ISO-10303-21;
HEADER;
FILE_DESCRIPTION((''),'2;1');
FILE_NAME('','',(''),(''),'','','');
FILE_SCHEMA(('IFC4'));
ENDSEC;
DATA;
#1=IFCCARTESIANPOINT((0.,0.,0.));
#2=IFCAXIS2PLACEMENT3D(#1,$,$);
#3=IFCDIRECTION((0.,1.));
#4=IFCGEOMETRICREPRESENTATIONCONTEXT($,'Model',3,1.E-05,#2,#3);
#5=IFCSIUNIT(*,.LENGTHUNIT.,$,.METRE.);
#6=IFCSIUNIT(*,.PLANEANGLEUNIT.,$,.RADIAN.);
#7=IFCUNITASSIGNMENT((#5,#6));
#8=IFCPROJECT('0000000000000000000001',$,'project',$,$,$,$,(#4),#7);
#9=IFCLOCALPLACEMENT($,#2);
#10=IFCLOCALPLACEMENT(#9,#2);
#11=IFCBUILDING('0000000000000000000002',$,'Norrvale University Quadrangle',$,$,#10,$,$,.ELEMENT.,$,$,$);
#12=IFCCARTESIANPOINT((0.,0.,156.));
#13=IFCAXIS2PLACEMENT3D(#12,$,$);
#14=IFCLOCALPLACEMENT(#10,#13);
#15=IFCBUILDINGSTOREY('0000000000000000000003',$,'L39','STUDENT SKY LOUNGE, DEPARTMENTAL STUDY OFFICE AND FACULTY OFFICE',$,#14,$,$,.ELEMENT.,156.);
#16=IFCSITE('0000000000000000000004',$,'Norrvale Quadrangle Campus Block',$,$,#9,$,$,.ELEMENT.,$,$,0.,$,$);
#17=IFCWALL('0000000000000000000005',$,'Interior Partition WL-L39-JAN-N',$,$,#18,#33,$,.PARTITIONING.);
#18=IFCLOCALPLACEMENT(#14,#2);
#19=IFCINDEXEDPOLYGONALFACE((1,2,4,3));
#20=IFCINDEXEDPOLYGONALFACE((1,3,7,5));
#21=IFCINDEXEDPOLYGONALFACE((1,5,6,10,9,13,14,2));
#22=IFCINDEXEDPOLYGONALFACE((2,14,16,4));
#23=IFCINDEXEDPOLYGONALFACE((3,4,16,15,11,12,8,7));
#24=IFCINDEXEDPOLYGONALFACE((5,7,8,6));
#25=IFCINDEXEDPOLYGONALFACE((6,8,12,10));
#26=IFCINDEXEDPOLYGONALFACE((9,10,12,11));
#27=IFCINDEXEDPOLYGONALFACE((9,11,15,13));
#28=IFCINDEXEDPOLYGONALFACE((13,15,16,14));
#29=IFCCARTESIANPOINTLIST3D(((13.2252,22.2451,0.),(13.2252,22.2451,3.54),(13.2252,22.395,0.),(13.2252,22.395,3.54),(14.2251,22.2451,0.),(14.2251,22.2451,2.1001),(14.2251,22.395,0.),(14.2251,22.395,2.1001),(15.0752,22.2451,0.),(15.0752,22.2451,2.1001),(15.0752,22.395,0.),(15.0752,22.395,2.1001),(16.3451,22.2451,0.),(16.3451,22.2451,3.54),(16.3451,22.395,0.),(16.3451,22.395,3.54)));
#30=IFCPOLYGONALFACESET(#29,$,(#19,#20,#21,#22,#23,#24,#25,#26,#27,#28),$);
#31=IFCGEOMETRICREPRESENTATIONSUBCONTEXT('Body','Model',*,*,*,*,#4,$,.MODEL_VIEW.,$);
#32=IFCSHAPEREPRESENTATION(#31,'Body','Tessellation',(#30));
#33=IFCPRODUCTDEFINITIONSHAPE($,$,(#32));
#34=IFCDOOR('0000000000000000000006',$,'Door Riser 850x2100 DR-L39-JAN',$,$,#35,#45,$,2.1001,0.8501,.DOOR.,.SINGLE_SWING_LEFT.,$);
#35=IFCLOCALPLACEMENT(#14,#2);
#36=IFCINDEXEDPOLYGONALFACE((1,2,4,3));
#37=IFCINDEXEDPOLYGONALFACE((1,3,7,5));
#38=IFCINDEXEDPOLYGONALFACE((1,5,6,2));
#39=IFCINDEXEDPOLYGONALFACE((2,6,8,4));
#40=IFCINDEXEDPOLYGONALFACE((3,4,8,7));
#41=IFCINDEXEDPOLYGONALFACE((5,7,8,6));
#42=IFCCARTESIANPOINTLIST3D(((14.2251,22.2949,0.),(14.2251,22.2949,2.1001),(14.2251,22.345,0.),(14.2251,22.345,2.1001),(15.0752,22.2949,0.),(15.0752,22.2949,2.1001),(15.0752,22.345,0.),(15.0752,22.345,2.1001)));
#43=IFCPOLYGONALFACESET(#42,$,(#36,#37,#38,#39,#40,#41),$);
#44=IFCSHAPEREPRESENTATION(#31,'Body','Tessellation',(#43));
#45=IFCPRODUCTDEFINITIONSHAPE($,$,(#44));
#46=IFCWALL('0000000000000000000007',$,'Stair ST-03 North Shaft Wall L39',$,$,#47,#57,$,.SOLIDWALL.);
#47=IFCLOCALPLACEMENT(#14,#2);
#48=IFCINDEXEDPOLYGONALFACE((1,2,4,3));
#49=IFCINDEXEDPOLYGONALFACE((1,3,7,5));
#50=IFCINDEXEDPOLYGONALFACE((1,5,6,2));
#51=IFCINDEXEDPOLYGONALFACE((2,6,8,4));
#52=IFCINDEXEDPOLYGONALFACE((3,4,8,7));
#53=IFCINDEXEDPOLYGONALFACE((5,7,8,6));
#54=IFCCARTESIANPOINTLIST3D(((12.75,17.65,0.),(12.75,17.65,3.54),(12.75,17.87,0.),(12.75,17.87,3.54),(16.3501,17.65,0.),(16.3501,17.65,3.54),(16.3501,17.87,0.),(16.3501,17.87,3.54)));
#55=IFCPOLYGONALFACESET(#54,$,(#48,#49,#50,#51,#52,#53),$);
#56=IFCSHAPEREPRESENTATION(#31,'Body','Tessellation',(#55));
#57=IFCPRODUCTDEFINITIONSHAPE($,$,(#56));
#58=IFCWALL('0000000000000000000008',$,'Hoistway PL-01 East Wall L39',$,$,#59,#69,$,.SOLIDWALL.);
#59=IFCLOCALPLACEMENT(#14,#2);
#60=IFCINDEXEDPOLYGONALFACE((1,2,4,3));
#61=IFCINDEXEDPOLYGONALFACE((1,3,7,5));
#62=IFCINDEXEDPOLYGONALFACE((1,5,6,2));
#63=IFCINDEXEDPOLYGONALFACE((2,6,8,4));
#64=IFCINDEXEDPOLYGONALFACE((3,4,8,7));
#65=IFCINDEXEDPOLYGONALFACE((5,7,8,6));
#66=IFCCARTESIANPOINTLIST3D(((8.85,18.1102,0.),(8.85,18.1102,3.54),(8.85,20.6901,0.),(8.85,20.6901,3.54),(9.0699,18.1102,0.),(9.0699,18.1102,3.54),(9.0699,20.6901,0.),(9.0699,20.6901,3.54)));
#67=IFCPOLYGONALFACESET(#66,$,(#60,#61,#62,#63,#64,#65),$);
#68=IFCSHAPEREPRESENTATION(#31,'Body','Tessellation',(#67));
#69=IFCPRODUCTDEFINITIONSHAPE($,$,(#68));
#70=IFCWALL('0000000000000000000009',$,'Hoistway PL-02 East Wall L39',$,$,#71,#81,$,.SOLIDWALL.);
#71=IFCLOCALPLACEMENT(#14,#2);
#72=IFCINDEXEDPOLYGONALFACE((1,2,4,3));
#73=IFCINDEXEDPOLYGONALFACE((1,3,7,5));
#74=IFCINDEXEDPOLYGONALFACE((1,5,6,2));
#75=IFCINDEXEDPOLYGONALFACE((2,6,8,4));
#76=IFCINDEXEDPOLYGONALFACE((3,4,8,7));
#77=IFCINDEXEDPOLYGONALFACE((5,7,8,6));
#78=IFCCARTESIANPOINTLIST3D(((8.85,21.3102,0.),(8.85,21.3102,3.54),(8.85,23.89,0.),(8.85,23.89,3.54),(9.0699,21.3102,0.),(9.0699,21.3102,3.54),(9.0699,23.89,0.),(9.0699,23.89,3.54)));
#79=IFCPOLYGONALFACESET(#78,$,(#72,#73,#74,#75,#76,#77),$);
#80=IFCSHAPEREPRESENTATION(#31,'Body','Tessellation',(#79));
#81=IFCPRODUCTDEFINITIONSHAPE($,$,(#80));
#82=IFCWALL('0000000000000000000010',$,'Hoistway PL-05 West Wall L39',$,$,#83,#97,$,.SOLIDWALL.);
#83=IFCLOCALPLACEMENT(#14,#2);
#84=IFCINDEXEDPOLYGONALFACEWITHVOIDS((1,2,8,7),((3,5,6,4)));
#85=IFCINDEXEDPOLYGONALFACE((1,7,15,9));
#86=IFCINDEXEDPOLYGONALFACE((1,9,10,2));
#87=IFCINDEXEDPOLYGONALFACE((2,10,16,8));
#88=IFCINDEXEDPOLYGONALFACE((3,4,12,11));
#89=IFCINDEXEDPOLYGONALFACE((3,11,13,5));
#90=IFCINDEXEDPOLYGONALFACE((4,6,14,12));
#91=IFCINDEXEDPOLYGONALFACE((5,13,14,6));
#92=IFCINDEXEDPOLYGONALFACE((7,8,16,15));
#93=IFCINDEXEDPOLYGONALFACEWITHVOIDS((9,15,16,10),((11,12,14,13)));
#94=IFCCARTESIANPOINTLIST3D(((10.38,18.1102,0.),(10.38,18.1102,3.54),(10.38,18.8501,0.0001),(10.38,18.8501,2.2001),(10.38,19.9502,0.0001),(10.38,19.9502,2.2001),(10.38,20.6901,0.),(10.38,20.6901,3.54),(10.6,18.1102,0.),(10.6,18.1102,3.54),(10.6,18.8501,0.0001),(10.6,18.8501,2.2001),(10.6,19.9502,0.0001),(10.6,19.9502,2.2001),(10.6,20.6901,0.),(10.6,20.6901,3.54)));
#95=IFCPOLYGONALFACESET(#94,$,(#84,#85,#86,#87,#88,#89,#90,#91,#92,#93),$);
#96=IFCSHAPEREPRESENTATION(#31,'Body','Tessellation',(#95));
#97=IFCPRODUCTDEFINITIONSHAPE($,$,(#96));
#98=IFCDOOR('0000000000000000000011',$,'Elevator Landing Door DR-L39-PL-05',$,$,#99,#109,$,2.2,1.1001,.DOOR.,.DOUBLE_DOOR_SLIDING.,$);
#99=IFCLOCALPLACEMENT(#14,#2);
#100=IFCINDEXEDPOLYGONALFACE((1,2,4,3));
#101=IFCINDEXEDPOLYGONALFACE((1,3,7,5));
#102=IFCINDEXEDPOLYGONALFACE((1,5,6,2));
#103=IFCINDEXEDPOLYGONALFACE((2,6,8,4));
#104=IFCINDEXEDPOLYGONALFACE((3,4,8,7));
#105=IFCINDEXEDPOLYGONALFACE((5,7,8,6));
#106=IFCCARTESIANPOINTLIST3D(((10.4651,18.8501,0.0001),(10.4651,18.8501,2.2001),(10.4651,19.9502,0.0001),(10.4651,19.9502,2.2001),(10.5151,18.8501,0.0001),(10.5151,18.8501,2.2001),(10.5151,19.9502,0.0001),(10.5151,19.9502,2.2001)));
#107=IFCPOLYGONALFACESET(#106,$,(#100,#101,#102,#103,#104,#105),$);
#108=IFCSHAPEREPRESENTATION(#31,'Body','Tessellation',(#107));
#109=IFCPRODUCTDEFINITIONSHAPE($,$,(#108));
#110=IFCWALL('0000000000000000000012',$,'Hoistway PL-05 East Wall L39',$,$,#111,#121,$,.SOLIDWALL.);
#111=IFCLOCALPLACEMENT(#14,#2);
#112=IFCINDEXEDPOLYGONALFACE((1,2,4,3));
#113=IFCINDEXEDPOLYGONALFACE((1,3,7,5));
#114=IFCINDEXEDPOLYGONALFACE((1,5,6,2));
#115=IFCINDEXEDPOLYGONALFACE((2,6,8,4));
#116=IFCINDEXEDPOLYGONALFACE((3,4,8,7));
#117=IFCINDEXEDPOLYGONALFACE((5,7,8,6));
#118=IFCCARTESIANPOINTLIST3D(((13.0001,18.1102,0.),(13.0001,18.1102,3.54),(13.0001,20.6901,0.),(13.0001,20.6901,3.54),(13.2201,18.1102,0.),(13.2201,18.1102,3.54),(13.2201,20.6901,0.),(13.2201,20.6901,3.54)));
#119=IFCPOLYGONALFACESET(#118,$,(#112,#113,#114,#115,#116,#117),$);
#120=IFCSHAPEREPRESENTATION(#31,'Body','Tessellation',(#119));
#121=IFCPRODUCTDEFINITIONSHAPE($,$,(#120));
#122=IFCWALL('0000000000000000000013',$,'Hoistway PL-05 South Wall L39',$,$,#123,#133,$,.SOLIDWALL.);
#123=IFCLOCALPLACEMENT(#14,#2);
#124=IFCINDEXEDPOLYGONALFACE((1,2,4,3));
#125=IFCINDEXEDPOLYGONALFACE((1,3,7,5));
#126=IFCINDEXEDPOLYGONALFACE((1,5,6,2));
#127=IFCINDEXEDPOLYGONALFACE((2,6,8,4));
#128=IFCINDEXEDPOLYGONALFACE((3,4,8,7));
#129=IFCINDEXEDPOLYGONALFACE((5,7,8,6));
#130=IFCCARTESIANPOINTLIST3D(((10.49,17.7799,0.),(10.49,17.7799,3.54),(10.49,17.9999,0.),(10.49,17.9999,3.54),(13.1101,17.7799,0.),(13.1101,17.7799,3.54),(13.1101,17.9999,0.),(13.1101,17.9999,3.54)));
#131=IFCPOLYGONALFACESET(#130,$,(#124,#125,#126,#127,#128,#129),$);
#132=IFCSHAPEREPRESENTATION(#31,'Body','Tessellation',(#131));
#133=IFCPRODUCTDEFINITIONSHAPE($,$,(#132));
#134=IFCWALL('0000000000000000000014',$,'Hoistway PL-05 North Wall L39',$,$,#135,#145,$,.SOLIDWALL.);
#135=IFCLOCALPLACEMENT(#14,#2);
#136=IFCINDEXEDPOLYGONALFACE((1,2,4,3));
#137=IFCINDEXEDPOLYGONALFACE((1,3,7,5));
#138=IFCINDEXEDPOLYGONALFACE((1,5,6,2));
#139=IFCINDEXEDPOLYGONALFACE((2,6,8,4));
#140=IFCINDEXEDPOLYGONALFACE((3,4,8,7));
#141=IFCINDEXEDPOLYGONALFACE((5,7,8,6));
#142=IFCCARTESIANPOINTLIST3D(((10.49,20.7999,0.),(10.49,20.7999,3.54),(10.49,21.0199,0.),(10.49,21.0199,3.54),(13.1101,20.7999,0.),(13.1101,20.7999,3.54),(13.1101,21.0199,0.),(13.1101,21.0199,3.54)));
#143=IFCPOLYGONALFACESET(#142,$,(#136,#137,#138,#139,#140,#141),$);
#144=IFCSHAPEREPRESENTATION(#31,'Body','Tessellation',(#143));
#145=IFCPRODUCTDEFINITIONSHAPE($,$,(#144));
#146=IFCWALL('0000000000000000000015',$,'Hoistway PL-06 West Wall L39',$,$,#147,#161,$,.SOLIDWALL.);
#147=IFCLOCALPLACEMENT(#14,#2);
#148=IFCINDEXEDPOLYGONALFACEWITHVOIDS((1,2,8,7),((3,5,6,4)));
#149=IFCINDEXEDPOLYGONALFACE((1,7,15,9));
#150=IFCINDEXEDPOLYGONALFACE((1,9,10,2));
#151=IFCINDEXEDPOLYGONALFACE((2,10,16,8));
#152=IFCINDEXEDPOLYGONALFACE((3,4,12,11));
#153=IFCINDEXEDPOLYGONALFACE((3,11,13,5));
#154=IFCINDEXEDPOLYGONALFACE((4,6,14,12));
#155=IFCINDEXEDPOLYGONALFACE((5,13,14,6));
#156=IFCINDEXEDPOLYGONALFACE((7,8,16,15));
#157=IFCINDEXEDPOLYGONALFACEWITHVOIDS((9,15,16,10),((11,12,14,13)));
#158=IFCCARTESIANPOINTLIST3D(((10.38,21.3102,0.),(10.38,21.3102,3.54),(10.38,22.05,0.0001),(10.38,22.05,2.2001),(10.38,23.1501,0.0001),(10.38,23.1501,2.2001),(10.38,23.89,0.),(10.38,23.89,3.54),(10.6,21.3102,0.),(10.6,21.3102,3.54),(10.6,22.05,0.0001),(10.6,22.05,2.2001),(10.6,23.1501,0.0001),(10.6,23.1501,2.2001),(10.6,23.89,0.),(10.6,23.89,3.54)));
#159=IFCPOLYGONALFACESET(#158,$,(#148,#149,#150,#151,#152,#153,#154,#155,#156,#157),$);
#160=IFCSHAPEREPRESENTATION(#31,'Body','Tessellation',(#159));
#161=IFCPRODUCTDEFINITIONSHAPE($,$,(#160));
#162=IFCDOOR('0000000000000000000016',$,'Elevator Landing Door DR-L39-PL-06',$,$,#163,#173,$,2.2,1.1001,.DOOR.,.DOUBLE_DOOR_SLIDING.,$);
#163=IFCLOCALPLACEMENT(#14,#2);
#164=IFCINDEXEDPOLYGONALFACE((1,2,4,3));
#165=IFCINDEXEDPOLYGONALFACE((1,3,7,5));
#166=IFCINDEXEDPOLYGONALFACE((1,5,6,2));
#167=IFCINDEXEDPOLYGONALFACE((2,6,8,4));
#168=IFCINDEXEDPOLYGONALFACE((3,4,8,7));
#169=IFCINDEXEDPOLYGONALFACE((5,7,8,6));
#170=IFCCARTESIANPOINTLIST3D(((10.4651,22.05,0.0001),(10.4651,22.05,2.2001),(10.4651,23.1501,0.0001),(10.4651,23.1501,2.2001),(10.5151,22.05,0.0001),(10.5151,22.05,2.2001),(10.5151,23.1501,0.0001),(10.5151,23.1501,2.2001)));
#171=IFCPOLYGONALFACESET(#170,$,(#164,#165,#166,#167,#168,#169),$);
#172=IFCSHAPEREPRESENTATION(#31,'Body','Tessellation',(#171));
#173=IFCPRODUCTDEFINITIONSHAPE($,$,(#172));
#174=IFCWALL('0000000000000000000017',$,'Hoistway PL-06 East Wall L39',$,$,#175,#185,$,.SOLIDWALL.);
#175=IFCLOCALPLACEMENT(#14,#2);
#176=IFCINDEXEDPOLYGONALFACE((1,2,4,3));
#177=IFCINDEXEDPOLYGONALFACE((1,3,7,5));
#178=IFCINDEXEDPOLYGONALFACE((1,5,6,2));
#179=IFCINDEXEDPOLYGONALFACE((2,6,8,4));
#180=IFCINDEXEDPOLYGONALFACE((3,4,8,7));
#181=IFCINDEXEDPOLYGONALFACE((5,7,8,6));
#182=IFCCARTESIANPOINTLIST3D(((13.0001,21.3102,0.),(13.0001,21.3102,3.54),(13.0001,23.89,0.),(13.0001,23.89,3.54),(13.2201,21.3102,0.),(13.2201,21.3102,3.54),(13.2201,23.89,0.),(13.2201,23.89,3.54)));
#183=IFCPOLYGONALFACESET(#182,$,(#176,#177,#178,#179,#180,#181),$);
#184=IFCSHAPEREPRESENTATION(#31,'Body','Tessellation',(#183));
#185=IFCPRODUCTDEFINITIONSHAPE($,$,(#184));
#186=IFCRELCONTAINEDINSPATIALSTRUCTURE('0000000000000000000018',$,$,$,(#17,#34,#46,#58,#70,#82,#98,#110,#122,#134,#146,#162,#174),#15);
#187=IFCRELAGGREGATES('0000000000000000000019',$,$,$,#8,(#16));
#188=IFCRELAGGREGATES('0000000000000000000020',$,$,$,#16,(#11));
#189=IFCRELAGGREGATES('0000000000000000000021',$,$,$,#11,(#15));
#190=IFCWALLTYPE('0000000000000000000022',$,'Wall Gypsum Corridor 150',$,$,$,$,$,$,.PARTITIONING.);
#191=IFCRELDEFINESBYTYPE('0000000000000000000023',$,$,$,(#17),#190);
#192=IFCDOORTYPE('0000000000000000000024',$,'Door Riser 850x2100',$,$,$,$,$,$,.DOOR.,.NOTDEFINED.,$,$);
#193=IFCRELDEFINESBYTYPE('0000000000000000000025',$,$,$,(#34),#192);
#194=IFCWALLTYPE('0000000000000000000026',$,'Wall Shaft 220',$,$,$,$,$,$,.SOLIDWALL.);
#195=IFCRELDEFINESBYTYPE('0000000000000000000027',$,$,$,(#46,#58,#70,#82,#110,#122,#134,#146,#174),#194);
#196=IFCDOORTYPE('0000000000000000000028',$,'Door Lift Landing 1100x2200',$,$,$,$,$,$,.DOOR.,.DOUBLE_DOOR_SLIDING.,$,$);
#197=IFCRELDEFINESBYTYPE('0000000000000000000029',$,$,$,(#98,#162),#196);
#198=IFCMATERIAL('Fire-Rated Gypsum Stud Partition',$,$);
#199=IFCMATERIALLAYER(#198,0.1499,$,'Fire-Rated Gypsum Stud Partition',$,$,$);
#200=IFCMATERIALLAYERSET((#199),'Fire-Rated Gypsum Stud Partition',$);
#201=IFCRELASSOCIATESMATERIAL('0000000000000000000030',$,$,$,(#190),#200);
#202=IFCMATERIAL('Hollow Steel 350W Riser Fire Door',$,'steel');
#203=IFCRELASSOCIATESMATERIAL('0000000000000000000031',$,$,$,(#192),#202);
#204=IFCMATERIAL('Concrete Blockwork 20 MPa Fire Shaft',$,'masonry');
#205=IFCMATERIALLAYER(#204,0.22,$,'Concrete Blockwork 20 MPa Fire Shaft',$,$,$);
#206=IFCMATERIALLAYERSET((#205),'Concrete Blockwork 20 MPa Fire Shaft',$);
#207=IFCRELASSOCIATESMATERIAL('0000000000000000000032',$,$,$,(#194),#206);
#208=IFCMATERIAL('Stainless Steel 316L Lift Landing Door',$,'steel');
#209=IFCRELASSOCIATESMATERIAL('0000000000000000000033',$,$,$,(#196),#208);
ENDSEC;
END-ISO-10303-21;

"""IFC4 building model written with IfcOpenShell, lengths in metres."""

from ifc_helpers import new_model, si_unit, direction, frame, frame_2d, origin, place, context, subcontext, project, spatial, rectangle, extrude, material, layer, layer_set, type_object, element, fill, save


model = new_model("IFC4")

# Units and contexts
model_context = context("Model", 3, precision=1e-05, world=origin(), true_north=direction((0.0, 1.0)))
body_context = subcontext(model_context, "Body", "Model", "MODEL_VIEW")
ifc_project = project(units=[si_unit("LENGTHUNIT", "METRE"), si_unit("PLANEANGLEUNIT", "RADIAN")], contexts=[model_context])

# Site, building, storey
site_placement = place(None, origin())
site = spatial("IfcSite", under=ifc_project, at=site_placement, Name="Norrvale Quadrangle Campus Block", CompositionType="ELEMENT", RefElevation=0.0)
building_placement = place(site_placement, origin())
building = spatial("IfcBuilding", under=site, at=building_placement, Name="Norrvale University Quadrangle", CompositionType="ELEMENT")
storey_placement = place(building_placement, frame((0.0, 0.0, 156.0)))
storey = spatial("IfcBuildingStorey", under=building, at=storey_placement, Name="L39", Description="STUDENT SKY LOUNGE, DEPARTMENTAL STUDY OFFICE AND FACULTY OFFICE", CompositionType="ELEMENT", Elevation=156.0)

# Shared definitions
ifc_material_1 = material(Name="Fire-Rated Gypsum Stud Partition")
ifc_layer_1 = layer(ifc_material_1, 0.1499, Name="Fire-Rated Gypsum Stud Partition")
ifc_layer_set_1 = layer_set([ifc_layer_1], Name="Fire-Rated Gypsum Stud Partition")
wall_type_1 = type_object("IfcWallType", Name="Wall Gypsum Corridor 150", PredefinedType="PARTITIONING", material=ifc_layer_set_1)
ifc_material_2 = material(Name="Hollow Steel 350W Riser Fire Door", Category="steel")
door_type_1 = type_object("IfcDoorType", Name="Door Riser 850x2100", OperationType="NOTDEFINED", PredefinedType="DOOR", material=ifc_material_2)

# Wall, opening, door
wall_1_placement = place(storey_placement, frame((13.2251, 22.3201, 0.0), z_axis=(0.0, 0.0, 1.0), x_axis=(1.0, 0.0, 0.0)))
wall_1 = element("IfcWall", 1, at=wall_1_placement, inside=storey, type_object=wall_type_1, Name="Interior Partition WL-L39-JAN-N", PredefinedType="PARTITIONING", context=body_context, shape_type="SweptSolid", body=[
    extrude(rectangle(XDim=3.1199, YDim=0.1499, at=frame_2d((1.5601, 0.0))), origin(), (0.0, 0.0, 1.0), 3.54),
])
opening_1_placement = place(wall_1_placement, frame((1.0, 0.0, 0.0)))
opening_1 = element("IfcOpeningElement", 2, at=opening_1_placement, cuts=wall_1, PredefinedType="OPENING", context=body_context, shape_type="SweptSolid", body=[
    extrude(rectangle(XDim=0.8501, YDim=2.1001, at=frame_2d((0.425, 1.05))), frame((0.0, 0.0869, 0.0), z_axis=(0.0, -1.0, 0.0), x_axis=(1.0, 0.0, 0.0)), (0.0, 0.0, 1.0), 0.1738),
])
door_1_placement = place(opening_1_placement, origin())
door_1 = element("IfcDoor", 3, at=door_1_placement, inside=storey, type_object=door_type_1, Name="Door Riser 850x2100 DR-L39-JAN", OperationType="SINGLE_SWING_LEFT", OverallHeight=2.1001, OverallWidth=0.8501, PredefinedType="DOOR", context=body_context, shape_type="SweptSolid", body=[
    extrude(rectangle(XDim=0.8501, YDim=2.1001, at=frame_2d((0.425, 1.05))), frame((0.0, 0.0249, 0.0), z_axis=(0.0, -1.0, 0.0), x_axis=(1.0, 0.0, 0.0)), (0.0, 0.0, 1.0), 0.05),
])
fill(opening_1, door_1)

# Walls
ifc_material_3 = material(Name="Concrete Blockwork 20 MPa Fire Shaft", Category="masonry")
ifc_layer_2 = layer(ifc_material_3, 0.22, Name="Concrete Blockwork 20 MPa Fire Shaft")
ifc_layer_set_2 = layer_set([ifc_layer_2], Name="Concrete Blockwork 20 MPa Fire Shaft")
wall_type_2 = type_object("IfcWallType", Name="Wall Shaft 220", PredefinedType="SOLIDWALL", material=ifc_layer_set_2)
wall_2_placement = place(storey_placement, frame((12.75, 17.76, 0.0), z_axis=(0.0, 0.0, 1.0), x_axis=(1.0, 0.0, 0.0)))
element("IfcWall", 4, at=wall_2_placement, inside=storey, type_object=wall_type_2, Name="Stair ST-03 North Shaft Wall L39", PredefinedType="SOLIDWALL", context=body_context, shape_type="SweptSolid", body=[
    extrude(rectangle(XDim=3.6001, YDim=0.22, at=frame_2d((1.8, 0.0))), origin(), (0.0, 0.0, 1.0), 3.54),
])
for number, where, z_axis, x_axis, name in (
    (5, (8.96, 18.1101, 0.0), (0.0, 0.0, 1.0), (0.0, 1.0, 0.0), "Hoistway PL-01 East Wall L39"),
    (6, (8.96, 21.3101, 0.0), (0.0, 0.0, 1.0), (0.0, 1.0, 0.0), "Hoistway PL-02 East Wall L39"),
):
    element("IfcWall", number, at=place(storey_placement, frame(where, z_axis=z_axis, x_axis=x_axis)), inside=storey, type_object=wall_type_2, Name=name, PredefinedType="SOLIDWALL", context=body_context, shape_type="SweptSolid", body=[
        extrude(rectangle(XDim=2.5798, YDim=0.22, at=frame_2d((1.29, 0.0))), origin(), (0.0, 0.0, 1.0), 3.54),
    ])

# Wall, opening, door
wall_3_placement = place(storey_placement, frame((10.49, 18.1101, 0.0), z_axis=(0.0, 0.0, 1.0), x_axis=(0.0, 1.0, 0.0)))
wall_3 = element("IfcWall", 7, at=wall_3_placement, inside=storey, type_object=wall_type_2, Name="Hoistway PL-05 West Wall L39", PredefinedType="SOLIDWALL", context=body_context, shape_type="SweptSolid", body=[
    extrude(rectangle(XDim=2.5798, YDim=0.22, at=frame_2d((1.29, 0.0))), origin(), (0.0, 0.0, 1.0), 3.54),
])
opening_2_placement = place(wall_3_placement, frame((0.74, 0.0, 0.0)))
opening_2 = element("IfcOpeningElement", 8, at=opening_2_placement, cuts=wall_3, PredefinedType="OPENING", context=body_context, shape_type="SweptSolid", body=[
    extrude(rectangle(XDim=1.1001, YDim=2.2, at=frame_2d((0.55, 1.1001))), frame((0.0, 0.1221, 0.0), z_axis=(0.0, -1.0, 0.0), x_axis=(1.0, 0.0, 0.0)), (0.0, 0.0, 1.0), 0.2439),
])
ifc_material_4 = material(Name="Stainless Steel 316L Lift Landing Door", Category="steel")
door_type_2 = type_object("IfcDoorType", Name="Door Lift Landing 1100x2200", OperationType="DOUBLE_DOOR_SLIDING", PredefinedType="DOOR", material=ifc_material_4)
door_2_placement = place(opening_2_placement, origin())
door_2 = element("IfcDoor", 9, at=door_2_placement, inside=storey, type_object=door_type_2, Name="Elevator Landing Door DR-L39-PL-05", OperationType="DOUBLE_DOOR_SLIDING", OverallHeight=2.2, OverallWidth=1.1001, PredefinedType="DOOR", context=body_context, shape_type="SweptSolid", body=[
    extrude(rectangle(XDim=1.1001, YDim=2.2, at=frame_2d((0.55, 1.1001))), frame((0.0, 0.0249, 0.0), z_axis=(0.0, -1.0, 0.0), x_axis=(1.0, 0.0, 0.0)), (0.0, 0.0, 1.0), 0.05),
])
fill(opening_2, door_2)

# Walls
wall_4_placement = place(storey_placement, frame((13.1101, 18.1101, 0.0), z_axis=(0.0, 0.0, 1.0), x_axis=(0.0, 1.0, 0.0)))
element("IfcWall", 10, at=wall_4_placement, inside=storey, type_object=wall_type_2, Name="Hoistway PL-05 East Wall L39", PredefinedType="SOLIDWALL", context=body_context, shape_type="SweptSolid", body=[
    extrude(rectangle(XDim=2.5798, YDim=0.22, at=frame_2d((1.29, 0.0))), origin(), (0.0, 0.0, 1.0), 3.54),
])
for number, where, z_axis, x_axis, name in (
    (11, (10.49, 17.8899, 0.0), (0.0, 0.0, 1.0), (1.0, 0.0, 0.0), "Hoistway PL-05 South Wall L39"),
    (12, (10.49, 20.9099, 0.0), (0.0, 0.0, 1.0), (1.0, 0.0, 0.0), "Hoistway PL-05 North Wall L39"),
):
    element("IfcWall", number, at=place(storey_placement, frame(where, z_axis=z_axis, x_axis=x_axis)), inside=storey, type_object=wall_type_2, Name=name, PredefinedType="SOLIDWALL", context=body_context, shape_type="SweptSolid", body=[
        extrude(rectangle(XDim=2.6201, YDim=0.22, at=frame_2d((1.3101, 0.0))), origin(), (0.0, 0.0, 1.0), 3.54),
    ])

# Wall, opening, door
wall_5_placement = place(storey_placement, frame((10.49, 21.3101, 0.0), z_axis=(0.0, 0.0, 1.0), x_axis=(0.0, 1.0, 0.0)))
wall_5 = element("IfcWall", 13, at=wall_5_placement, inside=storey, type_object=wall_type_2, Name="Hoistway PL-06 West Wall L39", PredefinedType="SOLIDWALL", context=body_context, shape_type="SweptSolid", body=[
    extrude(rectangle(XDim=2.5798, YDim=0.22, at=frame_2d((1.29, 0.0))), origin(), (0.0, 0.0, 1.0), 3.54),
])
opening_3_placement = place(wall_5_placement, frame((0.74, 0.0, 0.0)))
opening_3 = element("IfcOpeningElement", 14, at=opening_3_placement, cuts=wall_5, PredefinedType="OPENING", context=body_context, shape_type="SweptSolid", body=[
    extrude(rectangle(XDim=1.1001, YDim=2.2, at=frame_2d((0.55, 1.1001))), frame((0.0, 0.1221, 0.0), z_axis=(0.0, -1.0, 0.0), x_axis=(1.0, 0.0, 0.0)), (0.0, 0.0, 1.0), 0.2439),
])
door_3_placement = place(opening_3_placement, origin())
door_3 = element("IfcDoor", 15, at=door_3_placement, inside=storey, type_object=door_type_2, Name="Elevator Landing Door DR-L39-PL-06", OperationType="DOUBLE_DOOR_SLIDING", OverallHeight=2.2, OverallWidth=1.1001, PredefinedType="DOOR", context=body_context, shape_type="SweptSolid", body=[
    extrude(rectangle(XDim=1.1001, YDim=2.2, at=frame_2d((0.55, 1.1001))), frame((0.0, 0.0249, 0.0), z_axis=(0.0, -1.0, 0.0), x_axis=(1.0, 0.0, 0.0)), (0.0, 0.0, 1.0), 0.05),
])
fill(opening_3, door_3)

# Wall
wall_6_placement = place(storey_placement, frame((13.1101, 21.3101, 0.0), z_axis=(0.0, 0.0, 1.0), x_axis=(0.0, 1.0, 0.0)))
element("IfcWall", 16, at=wall_6_placement, inside=storey, type_object=wall_type_2, Name="Hoistway PL-06 East Wall L39", PredefinedType="SOLIDWALL", context=body_context, shape_type="SweptSolid", body=[
    extrude(rectangle(XDim=2.5798, YDim=0.22, at=frame_2d((1.29, 0.0))), origin(), (0.0, 0.0, 1.0), 3.54),
])

save(model, "model.ifc")
